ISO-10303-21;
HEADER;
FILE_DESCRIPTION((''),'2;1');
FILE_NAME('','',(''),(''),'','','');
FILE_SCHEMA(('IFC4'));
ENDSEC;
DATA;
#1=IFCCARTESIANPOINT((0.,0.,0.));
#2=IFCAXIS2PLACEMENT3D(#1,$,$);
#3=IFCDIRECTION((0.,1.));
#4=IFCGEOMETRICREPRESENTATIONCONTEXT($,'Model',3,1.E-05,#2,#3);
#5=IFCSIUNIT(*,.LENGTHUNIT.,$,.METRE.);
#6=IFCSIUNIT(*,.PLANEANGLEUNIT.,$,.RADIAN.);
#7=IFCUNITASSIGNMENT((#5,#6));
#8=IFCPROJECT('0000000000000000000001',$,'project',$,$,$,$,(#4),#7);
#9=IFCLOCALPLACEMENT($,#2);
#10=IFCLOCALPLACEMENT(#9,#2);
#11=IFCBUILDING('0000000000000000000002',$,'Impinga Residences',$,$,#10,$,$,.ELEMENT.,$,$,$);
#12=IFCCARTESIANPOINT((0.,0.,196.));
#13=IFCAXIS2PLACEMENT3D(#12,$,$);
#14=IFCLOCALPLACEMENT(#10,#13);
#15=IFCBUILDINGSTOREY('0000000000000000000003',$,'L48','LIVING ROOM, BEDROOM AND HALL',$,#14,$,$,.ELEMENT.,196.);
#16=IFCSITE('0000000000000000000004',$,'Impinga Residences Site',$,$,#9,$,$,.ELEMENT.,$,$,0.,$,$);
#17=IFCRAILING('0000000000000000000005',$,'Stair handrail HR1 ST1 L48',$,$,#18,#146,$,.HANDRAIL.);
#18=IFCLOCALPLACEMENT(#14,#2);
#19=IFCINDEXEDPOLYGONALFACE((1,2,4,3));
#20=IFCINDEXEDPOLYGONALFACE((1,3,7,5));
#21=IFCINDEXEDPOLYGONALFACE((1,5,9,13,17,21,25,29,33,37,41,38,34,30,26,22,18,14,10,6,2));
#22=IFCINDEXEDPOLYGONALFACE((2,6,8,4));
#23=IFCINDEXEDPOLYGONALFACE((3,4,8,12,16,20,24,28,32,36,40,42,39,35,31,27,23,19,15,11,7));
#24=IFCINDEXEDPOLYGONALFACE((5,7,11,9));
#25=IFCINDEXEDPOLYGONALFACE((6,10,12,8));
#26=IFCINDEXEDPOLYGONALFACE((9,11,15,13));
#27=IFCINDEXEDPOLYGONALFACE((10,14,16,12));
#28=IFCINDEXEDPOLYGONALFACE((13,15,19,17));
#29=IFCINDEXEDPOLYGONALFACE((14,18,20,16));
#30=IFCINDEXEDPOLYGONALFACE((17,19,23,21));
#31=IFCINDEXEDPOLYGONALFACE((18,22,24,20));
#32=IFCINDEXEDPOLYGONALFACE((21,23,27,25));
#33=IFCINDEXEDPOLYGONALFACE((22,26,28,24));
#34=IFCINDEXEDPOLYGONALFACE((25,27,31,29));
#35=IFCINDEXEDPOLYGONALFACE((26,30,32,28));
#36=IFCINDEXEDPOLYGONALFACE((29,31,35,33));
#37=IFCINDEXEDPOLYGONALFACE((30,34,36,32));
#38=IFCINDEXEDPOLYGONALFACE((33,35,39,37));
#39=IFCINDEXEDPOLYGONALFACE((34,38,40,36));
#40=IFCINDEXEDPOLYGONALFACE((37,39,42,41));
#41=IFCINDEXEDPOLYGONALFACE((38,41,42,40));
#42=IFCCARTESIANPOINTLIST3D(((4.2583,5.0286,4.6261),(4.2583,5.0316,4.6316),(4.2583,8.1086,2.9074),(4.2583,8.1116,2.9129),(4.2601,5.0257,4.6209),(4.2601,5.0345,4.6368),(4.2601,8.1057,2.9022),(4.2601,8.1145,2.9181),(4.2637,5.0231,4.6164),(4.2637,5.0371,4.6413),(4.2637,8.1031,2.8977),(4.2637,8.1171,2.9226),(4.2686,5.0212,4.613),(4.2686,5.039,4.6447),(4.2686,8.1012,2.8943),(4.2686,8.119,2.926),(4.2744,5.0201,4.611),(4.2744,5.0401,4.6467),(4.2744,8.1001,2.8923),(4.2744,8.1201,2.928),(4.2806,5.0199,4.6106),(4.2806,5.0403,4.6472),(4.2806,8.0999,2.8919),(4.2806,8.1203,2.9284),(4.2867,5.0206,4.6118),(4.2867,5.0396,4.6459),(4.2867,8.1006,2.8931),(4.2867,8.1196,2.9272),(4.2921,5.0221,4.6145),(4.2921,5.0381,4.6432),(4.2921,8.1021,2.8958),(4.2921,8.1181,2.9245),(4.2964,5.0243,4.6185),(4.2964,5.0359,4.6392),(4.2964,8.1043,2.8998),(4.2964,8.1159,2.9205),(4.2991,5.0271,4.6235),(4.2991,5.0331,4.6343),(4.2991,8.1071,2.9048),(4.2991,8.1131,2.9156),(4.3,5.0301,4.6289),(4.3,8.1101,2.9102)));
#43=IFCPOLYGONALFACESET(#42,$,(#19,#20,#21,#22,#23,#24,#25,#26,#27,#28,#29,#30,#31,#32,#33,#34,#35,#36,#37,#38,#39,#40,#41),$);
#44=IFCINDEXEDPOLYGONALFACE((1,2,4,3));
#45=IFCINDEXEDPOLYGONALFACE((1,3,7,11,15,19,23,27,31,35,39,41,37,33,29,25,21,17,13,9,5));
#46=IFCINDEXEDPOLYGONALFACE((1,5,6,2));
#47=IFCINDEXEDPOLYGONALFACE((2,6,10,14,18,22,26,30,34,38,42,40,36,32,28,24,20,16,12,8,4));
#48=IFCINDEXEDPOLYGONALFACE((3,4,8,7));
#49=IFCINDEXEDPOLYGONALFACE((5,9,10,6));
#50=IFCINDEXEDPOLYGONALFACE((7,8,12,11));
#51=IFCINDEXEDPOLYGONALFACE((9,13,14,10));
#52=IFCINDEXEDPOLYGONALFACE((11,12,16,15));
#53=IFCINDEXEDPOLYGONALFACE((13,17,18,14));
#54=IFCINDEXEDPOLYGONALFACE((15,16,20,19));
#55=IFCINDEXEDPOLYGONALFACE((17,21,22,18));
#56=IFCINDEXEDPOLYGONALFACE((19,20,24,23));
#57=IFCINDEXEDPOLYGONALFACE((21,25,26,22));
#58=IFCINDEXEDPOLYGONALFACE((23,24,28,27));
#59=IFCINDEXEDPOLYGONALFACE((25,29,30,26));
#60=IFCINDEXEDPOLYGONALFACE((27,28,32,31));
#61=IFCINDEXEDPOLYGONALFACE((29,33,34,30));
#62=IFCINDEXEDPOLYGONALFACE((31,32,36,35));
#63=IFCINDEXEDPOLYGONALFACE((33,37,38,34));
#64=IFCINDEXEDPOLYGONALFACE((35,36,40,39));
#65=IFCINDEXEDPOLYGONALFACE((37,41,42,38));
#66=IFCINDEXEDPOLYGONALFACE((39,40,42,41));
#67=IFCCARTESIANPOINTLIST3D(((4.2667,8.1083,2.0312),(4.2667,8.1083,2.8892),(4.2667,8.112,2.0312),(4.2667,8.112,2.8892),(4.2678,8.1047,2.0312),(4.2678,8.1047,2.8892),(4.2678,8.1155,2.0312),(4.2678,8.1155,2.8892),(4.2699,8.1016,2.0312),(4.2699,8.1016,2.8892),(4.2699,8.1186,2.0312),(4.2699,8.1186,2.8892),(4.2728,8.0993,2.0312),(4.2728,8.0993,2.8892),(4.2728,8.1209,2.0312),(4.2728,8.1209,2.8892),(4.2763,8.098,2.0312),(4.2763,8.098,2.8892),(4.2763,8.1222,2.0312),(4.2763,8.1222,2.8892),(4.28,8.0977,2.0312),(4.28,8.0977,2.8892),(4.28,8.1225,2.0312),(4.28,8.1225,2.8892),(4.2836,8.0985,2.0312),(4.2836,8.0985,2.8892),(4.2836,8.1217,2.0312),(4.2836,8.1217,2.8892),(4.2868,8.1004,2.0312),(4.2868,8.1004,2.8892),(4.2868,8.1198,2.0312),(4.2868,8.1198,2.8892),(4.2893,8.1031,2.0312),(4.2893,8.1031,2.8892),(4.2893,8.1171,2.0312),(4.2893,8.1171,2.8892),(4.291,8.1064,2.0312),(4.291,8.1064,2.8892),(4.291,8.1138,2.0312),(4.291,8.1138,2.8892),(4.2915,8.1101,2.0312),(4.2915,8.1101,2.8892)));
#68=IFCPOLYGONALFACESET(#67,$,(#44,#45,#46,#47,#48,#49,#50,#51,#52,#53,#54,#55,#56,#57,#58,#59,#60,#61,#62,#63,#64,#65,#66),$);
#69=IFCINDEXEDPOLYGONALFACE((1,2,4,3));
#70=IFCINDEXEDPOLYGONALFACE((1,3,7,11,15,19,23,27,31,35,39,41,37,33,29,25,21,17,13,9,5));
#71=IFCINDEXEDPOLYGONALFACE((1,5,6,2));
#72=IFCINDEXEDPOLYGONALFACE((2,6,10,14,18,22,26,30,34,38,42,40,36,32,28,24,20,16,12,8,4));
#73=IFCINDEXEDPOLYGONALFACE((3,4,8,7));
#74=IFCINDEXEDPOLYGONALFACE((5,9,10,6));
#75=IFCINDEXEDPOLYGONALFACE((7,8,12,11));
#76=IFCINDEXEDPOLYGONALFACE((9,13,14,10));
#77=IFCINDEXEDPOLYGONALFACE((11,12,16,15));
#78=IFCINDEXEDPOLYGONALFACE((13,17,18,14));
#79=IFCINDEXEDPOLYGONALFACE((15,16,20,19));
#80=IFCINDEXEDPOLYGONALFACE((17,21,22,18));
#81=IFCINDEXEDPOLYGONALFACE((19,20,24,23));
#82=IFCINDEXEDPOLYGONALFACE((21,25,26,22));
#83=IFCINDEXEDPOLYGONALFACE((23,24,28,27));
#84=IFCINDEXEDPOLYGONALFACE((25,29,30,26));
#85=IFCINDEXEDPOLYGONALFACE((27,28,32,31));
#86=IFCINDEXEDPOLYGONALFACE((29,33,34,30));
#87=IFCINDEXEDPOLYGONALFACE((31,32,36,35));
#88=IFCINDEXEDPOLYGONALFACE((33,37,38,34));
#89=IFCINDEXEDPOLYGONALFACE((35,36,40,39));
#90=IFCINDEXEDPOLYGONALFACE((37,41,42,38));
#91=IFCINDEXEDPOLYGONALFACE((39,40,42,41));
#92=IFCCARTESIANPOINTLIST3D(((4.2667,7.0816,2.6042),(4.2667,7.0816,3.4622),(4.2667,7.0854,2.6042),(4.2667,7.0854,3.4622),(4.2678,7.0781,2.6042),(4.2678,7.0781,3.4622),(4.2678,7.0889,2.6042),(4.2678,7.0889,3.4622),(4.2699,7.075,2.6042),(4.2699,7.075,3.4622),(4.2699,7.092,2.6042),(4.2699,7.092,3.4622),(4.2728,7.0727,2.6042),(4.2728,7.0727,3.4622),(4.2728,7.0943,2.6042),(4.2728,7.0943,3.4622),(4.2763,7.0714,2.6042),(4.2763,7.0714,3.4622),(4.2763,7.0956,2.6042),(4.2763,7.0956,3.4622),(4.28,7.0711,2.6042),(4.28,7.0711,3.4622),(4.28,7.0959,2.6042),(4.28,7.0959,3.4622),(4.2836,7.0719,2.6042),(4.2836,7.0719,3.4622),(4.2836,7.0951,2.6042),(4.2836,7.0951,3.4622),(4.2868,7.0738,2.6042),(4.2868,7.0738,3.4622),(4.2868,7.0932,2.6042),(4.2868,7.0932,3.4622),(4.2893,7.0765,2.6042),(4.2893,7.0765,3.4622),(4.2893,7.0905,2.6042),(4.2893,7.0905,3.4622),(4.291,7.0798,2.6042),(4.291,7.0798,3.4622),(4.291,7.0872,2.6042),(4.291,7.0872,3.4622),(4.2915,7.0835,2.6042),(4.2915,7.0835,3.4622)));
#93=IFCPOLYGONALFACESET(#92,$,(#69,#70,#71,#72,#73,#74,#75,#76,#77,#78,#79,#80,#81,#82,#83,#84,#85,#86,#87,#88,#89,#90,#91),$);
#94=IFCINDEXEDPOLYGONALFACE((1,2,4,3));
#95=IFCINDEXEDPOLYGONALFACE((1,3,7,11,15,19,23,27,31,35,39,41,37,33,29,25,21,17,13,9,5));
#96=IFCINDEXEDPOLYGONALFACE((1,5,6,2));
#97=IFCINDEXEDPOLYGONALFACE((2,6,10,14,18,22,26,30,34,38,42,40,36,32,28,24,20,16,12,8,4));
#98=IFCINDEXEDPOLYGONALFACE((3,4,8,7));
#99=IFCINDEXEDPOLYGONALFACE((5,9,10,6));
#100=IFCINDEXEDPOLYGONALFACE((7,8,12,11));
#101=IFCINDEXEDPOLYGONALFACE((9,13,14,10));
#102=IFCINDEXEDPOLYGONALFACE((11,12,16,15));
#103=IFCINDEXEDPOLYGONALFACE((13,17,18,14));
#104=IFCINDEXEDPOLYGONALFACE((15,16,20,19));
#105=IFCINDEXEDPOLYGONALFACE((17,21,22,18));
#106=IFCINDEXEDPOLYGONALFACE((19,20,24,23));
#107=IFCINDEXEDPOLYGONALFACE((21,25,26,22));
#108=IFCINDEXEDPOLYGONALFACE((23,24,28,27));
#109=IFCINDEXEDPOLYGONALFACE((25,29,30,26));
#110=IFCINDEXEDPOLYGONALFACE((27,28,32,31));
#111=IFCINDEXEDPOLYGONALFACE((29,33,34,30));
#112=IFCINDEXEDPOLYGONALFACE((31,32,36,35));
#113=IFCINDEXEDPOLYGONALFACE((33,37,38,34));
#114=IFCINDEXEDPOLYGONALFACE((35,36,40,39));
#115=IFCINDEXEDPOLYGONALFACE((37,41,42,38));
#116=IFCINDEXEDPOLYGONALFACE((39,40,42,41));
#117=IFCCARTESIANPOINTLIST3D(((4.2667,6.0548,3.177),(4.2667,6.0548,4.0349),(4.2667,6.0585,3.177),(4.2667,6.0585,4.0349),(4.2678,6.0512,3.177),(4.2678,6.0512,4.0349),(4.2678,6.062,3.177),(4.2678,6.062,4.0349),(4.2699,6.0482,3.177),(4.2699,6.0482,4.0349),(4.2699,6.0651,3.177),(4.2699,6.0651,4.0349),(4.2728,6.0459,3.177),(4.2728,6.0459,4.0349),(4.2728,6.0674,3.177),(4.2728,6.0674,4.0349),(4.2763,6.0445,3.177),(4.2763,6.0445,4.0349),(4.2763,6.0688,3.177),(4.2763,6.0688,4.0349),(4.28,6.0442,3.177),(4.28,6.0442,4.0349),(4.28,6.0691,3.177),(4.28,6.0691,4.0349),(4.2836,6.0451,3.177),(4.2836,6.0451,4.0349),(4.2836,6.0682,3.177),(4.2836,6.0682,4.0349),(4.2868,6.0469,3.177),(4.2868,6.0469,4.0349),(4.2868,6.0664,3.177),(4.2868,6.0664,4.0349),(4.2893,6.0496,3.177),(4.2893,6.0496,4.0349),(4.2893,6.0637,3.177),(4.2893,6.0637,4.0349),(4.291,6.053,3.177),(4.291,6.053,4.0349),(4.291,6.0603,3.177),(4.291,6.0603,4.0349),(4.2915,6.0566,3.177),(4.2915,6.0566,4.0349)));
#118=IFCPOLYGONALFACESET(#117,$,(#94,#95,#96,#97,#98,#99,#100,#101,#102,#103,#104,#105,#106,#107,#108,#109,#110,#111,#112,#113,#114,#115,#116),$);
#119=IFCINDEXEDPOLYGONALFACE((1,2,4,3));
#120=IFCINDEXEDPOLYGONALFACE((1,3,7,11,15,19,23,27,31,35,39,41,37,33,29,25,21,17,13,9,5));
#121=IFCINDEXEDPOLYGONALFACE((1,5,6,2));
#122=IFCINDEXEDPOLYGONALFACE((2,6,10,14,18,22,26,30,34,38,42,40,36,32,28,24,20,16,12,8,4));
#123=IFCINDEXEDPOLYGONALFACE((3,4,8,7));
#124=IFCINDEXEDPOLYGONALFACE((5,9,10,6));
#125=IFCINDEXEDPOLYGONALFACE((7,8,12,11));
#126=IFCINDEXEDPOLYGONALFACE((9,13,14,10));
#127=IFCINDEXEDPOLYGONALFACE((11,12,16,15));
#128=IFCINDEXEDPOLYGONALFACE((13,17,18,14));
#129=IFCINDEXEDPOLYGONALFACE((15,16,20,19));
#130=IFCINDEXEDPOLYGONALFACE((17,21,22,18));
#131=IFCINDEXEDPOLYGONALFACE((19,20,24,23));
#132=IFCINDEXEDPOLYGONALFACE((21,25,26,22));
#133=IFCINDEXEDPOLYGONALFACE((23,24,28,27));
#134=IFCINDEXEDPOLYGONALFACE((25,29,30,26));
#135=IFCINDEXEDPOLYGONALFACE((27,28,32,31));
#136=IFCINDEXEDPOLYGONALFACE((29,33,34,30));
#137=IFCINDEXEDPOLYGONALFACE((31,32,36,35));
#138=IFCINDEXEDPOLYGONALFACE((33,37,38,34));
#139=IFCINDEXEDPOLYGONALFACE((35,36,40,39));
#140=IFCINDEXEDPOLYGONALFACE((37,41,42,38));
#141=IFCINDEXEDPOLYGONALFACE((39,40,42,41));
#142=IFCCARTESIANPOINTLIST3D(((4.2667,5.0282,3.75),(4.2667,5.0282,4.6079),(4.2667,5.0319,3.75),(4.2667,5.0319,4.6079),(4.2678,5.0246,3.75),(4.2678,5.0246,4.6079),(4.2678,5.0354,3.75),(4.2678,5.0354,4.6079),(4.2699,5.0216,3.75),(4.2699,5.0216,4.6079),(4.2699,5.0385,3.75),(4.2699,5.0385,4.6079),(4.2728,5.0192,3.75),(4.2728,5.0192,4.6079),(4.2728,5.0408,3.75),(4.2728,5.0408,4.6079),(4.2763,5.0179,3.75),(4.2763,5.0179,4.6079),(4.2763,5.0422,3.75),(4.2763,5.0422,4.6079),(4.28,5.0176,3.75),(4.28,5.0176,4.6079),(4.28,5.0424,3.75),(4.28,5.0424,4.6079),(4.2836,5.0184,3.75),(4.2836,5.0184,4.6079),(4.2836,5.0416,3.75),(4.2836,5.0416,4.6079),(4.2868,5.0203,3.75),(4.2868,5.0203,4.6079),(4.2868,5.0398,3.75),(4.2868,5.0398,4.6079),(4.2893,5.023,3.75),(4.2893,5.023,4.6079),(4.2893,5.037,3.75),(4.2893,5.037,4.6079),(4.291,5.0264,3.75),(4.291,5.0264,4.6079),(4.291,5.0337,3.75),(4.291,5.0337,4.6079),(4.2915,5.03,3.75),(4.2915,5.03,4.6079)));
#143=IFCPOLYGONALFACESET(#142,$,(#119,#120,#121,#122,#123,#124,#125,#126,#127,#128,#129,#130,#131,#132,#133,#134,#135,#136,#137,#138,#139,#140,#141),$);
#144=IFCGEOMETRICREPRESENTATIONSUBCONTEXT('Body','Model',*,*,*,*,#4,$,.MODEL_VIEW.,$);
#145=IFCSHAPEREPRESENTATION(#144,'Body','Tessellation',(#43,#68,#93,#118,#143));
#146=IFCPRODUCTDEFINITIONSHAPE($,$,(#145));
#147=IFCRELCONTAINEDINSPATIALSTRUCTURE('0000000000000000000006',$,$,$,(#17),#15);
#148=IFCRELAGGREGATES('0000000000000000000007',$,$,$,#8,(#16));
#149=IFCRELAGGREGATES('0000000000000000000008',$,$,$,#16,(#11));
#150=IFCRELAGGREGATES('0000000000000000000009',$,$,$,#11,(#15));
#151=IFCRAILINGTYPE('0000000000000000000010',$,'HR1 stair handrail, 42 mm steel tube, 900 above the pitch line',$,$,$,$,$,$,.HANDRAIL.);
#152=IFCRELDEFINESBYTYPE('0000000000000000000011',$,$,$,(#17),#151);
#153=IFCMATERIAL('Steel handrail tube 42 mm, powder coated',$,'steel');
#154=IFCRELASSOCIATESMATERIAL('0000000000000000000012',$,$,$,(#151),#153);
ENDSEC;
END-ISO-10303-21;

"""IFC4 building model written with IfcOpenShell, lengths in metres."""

from ifc_helpers import new_model, si_unit, direction, frame, origin, origin_2d, place, context, subcontext, project, spatial, circle, extrude, material, type_object, element, save


model = new_model("IFC4")

# Units and contexts
model_context = context("Model", 3, precision=1e-05, world=origin(), true_north=direction((0.0, 1.0)))
body_context = subcontext(model_context, "Body", "Model", "MODEL_VIEW")
ifc_project = project(units=[si_unit("LENGTHUNIT", "METRE"), si_unit("PLANEANGLEUNIT", "RADIAN")], contexts=[model_context])

# Site, building, storey
site_placement = place(None, origin())
site = spatial("IfcSite", under=ifc_project, at=site_placement, Name="Impinga Residences Site", CompositionType="ELEMENT", RefElevation=0.0)
building_placement = place(site_placement, origin())
building = spatial("IfcBuilding", under=site, at=building_placement, Name="Impinga Residences", CompositionType="ELEMENT")
storey_placement = place(building_placement, frame((0.0, 0.0, 196.0)))
storey = spatial("IfcBuildingStorey", under=building, at=storey_placement, Name="L48", Description="LIVING ROOM, BEDROOM AND HALL", CompositionType="ELEMENT", Elevation=196.0)

# Railing
ifc_material_1 = material(Name="Steel handrail tube 42 mm, powder coated", Category="steel")
railing_type = type_object("IfcRailingType", Name="HR1 stair handrail, 42 mm steel tube, 900 above the pitch line", PredefinedType="HANDRAIL", material=ifc_material_1)
railing_placement = place(storey_placement, frame((4.2791, 8.1101, 2.0312)))
element("IfcRailing", 1, at=railing_placement, inside=storey, type_object=railing_type, Name="Stair handrail HR1 ST1 L48", PredefinedType="HANDRAIL", context=body_context, shape_type="SweptSolid", body=[
    extrude(circle(Radius=0.021, at=origin_2d()), frame((0.0, 0.0, 0.8789), z_axis=(0.0, -0.873242, 0.487288), x_axis=(1.0, 0.0, 0.0)), (0.0, 0.0, 1.0), 3.5271),
    extrude(circle(Radius=0.0125, at=origin_2d()), origin(), (0.0, 0.0, 1.0), 0.8579),
    extrude(circle(Radius=0.0125, at=origin_2d()), frame((0.0, -1.0266, 0.573)), (0.0, 0.0, 1.0), 0.8579),
    extrude(circle(Radius=0.0125, at=origin_2d()), frame((0.0, -2.0535, 1.1458)), (0.0, 0.0, 1.0), 0.8579),
    extrude(circle(Radius=0.0125, at=origin_2d()), frame((0.0, -3.0801, 1.7188)), (0.0, 0.0, 1.0), 0.8579),
])

save(model, "model.ifc")
